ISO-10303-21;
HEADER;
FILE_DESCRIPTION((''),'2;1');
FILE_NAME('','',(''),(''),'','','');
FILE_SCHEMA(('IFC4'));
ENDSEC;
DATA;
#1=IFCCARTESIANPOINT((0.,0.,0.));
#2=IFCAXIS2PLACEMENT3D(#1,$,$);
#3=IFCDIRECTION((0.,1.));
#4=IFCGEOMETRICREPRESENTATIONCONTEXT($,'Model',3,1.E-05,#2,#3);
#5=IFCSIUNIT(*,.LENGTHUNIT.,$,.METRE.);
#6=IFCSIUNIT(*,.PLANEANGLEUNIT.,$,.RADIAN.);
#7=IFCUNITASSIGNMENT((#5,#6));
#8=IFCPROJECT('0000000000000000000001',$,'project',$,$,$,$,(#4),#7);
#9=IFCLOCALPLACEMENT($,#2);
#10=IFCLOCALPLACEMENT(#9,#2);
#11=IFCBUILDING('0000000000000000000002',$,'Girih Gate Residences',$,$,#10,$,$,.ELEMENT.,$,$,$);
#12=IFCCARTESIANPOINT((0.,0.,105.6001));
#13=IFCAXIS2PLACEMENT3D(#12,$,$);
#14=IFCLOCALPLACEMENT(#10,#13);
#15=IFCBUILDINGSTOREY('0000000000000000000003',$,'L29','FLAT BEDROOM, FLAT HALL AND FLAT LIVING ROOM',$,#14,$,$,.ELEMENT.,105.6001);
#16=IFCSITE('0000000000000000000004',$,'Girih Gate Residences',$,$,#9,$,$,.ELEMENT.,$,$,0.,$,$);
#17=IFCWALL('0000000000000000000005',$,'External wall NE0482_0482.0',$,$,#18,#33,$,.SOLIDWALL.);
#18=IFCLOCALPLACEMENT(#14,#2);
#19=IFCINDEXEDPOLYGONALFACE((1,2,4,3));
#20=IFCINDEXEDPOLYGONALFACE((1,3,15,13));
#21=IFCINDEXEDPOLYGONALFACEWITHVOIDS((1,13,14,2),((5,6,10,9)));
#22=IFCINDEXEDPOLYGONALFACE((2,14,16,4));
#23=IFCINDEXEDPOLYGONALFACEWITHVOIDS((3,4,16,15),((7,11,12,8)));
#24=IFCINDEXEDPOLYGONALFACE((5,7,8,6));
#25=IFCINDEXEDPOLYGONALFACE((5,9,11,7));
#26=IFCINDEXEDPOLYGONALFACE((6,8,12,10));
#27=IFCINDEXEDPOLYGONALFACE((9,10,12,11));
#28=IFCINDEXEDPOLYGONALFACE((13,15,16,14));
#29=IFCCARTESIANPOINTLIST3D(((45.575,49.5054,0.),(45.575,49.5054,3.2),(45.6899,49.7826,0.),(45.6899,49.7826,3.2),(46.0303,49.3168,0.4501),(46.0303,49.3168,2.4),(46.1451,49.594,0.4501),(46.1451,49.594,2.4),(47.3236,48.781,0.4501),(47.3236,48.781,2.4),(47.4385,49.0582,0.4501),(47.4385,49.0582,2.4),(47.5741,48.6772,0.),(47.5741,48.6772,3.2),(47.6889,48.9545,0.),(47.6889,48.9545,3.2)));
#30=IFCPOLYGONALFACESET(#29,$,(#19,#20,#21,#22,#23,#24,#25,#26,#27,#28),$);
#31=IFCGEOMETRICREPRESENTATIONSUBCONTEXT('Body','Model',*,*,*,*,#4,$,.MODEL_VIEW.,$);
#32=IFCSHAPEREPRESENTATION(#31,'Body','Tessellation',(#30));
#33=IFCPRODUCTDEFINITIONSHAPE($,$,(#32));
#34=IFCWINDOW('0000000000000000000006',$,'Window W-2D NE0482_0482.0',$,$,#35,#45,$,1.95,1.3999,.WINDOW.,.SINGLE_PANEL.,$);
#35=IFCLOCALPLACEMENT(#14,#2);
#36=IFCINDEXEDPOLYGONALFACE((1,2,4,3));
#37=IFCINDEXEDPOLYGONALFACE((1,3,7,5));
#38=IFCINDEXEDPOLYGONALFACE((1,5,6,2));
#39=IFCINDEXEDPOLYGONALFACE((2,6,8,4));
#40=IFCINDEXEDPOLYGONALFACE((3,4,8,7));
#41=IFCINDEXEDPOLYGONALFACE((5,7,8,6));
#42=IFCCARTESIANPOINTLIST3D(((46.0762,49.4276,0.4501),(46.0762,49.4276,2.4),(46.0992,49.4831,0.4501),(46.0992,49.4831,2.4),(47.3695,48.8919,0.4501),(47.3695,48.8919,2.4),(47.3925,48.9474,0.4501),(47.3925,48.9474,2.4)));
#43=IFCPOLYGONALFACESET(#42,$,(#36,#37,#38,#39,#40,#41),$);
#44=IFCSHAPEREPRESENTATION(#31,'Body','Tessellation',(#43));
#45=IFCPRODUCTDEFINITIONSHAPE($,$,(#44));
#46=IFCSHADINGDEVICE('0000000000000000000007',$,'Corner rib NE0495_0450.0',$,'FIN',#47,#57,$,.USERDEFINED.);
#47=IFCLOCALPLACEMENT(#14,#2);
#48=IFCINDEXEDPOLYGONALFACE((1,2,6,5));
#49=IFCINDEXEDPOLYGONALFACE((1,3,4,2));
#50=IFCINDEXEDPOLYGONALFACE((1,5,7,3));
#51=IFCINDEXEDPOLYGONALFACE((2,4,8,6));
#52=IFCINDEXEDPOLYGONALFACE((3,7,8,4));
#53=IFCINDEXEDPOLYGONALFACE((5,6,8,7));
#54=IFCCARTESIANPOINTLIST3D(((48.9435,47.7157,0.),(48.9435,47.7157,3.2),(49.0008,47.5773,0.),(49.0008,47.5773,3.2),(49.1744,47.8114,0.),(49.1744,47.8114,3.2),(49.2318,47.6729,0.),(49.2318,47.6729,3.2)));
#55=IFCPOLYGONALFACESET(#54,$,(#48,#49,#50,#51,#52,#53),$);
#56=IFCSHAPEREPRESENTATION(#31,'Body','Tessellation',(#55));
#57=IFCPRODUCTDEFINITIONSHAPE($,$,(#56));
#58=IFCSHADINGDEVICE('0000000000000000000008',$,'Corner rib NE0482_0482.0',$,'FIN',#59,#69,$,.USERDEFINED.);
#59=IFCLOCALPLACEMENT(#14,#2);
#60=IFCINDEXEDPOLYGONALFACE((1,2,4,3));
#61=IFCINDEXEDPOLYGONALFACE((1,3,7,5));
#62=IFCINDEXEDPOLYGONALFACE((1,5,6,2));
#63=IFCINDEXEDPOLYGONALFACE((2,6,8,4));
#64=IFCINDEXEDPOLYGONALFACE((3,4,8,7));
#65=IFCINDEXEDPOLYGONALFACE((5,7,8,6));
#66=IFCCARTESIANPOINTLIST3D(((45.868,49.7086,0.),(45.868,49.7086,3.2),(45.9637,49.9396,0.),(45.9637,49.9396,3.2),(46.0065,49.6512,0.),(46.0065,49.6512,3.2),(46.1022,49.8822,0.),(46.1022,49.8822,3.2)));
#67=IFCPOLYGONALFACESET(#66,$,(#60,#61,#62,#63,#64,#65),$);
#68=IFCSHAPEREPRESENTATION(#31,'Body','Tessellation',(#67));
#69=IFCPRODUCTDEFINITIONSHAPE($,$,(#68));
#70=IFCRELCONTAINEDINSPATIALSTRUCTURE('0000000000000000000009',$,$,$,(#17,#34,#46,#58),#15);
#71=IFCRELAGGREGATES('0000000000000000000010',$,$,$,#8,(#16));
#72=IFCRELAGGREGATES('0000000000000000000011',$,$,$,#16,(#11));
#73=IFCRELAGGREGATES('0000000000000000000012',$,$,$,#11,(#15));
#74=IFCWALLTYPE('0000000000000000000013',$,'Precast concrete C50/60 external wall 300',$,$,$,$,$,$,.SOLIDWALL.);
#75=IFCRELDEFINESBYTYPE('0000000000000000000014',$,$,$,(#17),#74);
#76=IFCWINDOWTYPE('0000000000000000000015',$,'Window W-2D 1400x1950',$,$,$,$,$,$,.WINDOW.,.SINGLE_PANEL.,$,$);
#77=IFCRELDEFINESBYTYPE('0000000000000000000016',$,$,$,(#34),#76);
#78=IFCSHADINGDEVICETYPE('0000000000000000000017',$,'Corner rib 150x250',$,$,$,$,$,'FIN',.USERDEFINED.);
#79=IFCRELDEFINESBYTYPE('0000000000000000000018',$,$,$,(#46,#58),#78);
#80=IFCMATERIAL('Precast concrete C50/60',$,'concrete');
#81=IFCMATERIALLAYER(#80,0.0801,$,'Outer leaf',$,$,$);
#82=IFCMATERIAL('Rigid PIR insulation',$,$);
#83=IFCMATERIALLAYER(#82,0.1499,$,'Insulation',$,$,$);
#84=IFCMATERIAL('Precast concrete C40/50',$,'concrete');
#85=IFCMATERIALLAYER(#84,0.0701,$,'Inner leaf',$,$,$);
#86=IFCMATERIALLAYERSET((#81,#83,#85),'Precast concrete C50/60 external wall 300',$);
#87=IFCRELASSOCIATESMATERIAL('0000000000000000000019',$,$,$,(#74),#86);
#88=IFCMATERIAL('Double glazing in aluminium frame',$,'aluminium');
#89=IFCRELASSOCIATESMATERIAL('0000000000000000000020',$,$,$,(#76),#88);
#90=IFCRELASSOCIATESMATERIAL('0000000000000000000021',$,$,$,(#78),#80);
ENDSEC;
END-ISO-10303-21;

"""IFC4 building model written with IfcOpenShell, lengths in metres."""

from ifc_helpers import new_model, si_unit, direction, frame, frame_2d, origin, origin_2d, place, context, subcontext, project, spatial, rectangle, extrude, material, layer, layer_set, type_object, element, fill, save


model = new_model("IFC4")

# Units and contexts
model_context = context("Model", 3, precision=1e-05, world=origin(), true_north=direction((0.0, 1.0)))
body_context = subcontext(model_context, "Body", "Model", "MODEL_VIEW")
ifc_project = project(units=[si_unit("LENGTHUNIT", "METRE"), si_unit("PLANEANGLEUNIT", "RADIAN")], contexts=[model_context])

# Site, building, storey
site_placement = place(None, origin())
site = spatial("IfcSite", under=ifc_project, at=site_placement, Name="Girih Gate Residences", CompositionType="ELEMENT", RefElevation=0.0)
building_placement = place(site_placement, origin())
building = spatial("IfcBuilding", under=site, at=building_placement, Name="Girih Gate Residences", CompositionType="ELEMENT")
storey_placement = place(building_placement, frame((0.0, 0.0, 105.6001)))
storey = spatial("IfcBuildingStorey", under=building, at=storey_placement, Name="L29", Description="FLAT BEDROOM, FLAT HALL AND FLAT LIVING ROOM", CompositionType="ELEMENT", Elevation=105.6001)

# Wall, opening, window
ifc_material_1 = material(Name="Precast concrete C50/60", Category="concrete")
ifc_layer_1 = layer(ifc_material_1, 0.0801, Name="Outer leaf")
ifc_material_2 = material(Name="Rigid PIR insulation")
ifc_layer_2 = layer(ifc_material_2, 0.1499, Name="Insulation")
ifc_material_3 = material(Name="Precast concrete C40/50", Category="concrete")
ifc_layer_3 = layer(ifc_material_3, 0.0701, Name="Inner leaf")
ifc_layer_set_1 = layer_set([ifc_layer_1, ifc_layer_2, ifc_layer_3], Name="Precast concrete C50/60 external wall 300")
wall_type_1 = type_object("IfcWallType", Name="Precast concrete C50/60 external wall 300", PredefinedType="SOLIDWALL", material=ifc_layer_set_1)
ifc_material_4 = material(Name="Double glazing in aluminium frame", Category="aluminium")
window_type_1 = type_object("IfcWindowType", Name="Window W-2D 1400x1950", PartitioningType="SINGLE_PANEL", PredefinedType="WINDOW", material=ifc_material_4)
wall_1_placement = place(storey_placement, frame((45.6323, 49.644, 0.0), z_axis=(0.0, 0.0, 1.0), x_axis=(0.923863, -0.382724, 0.0)))
wall_1 = element("IfcWall", 1, at=wall_1_placement, inside=storey, type_object=wall_type_1, Name="External wall NE0482_0482.0", PredefinedType="SOLIDWALL", context=body_context, shape_type="SweptSolid", body=[
    extrude(rectangle(XDim=2.1638, YDim=0.3, at=frame_2d((1.082, 0.0))), origin(), (0.0, 0.0, 1.0), 3.2),
])
opening_1_placement = place(wall_1_placement, frame((0.4929, 0.0, 0.45)))
opening_1 = element("IfcOpeningElement", 2, at=opening_1_placement, cuts=wall_1, PredefinedType="OPENING", context=body_context, shape_type="SweptSolid", body=[
    extrude(rectangle(XDim=1.3999, YDim=1.95, at=frame_2d((0.7, 0.9751))), frame((0.0, 0.1599, 0.0), z_axis=(0.0, -1.0, 0.0), x_axis=(1.0, 0.0, 0.0)), (0.0, 0.0, 1.0), 0.3201),
])
window_1_placement = place(opening_1_placement, origin())
window_1 = element("IfcWindow", 3, at=window_1_placement, inside=storey, type_object=window_type_1, Name="Window W-2D NE0482_0482.0", OverallHeight=1.95, OverallWidth=1.3999, PartitioningType="SINGLE_PANEL", PredefinedType="WINDOW", context=body_context, shape_type="SweptSolid", body=[
    extrude(rectangle(XDim=1.3999, YDim=1.95, at=frame_2d((0.7, 0.9751))), frame((0.0, 0.03, 0.0), z_axis=(0.0, -1.0, 0.0), x_axis=(1.0, 0.0, 0.0)), (0.0, 0.0, 1.0), 0.0601),
])
fill(opening_1, window_1)

# Shading devices
shading_device_type = type_object("IfcShadingDeviceType", Name="Corner rib 150x250", ElementType="FIN", PredefinedType="USERDEFINED", material=ifc_material_1)
for number, where, z_axis, x_axis, name in (
    (4, (49.0876, 47.6943, 0.0), (0.0, 0.0, 1.0), (-0.382683, 0.92388, 0.0), "Corner rib NE0495_0450.0"),
    (5, (45.9851, 49.7954, 0.0), (0.0, 0.0, 1.0), (-0.92388, 0.382683, 0.0), "Corner rib NE0482_0482.0"),
):
    element("IfcShadingDevice", number, at=place(storey_placement, frame(where, z_axis=z_axis, x_axis=x_axis)), inside=storey, type_object=shading_device_type, Name=name, ObjectType="FIN", PredefinedType="USERDEFINED", context=body_context, shape_type="SweptSolid", body=[
        extrude(rectangle(XDim=0.1499, YDim=0.25, at=origin_2d()), origin(), (0.0, 0.0, 1.0), 3.2),
    ])

save(model, "model.ifc")
